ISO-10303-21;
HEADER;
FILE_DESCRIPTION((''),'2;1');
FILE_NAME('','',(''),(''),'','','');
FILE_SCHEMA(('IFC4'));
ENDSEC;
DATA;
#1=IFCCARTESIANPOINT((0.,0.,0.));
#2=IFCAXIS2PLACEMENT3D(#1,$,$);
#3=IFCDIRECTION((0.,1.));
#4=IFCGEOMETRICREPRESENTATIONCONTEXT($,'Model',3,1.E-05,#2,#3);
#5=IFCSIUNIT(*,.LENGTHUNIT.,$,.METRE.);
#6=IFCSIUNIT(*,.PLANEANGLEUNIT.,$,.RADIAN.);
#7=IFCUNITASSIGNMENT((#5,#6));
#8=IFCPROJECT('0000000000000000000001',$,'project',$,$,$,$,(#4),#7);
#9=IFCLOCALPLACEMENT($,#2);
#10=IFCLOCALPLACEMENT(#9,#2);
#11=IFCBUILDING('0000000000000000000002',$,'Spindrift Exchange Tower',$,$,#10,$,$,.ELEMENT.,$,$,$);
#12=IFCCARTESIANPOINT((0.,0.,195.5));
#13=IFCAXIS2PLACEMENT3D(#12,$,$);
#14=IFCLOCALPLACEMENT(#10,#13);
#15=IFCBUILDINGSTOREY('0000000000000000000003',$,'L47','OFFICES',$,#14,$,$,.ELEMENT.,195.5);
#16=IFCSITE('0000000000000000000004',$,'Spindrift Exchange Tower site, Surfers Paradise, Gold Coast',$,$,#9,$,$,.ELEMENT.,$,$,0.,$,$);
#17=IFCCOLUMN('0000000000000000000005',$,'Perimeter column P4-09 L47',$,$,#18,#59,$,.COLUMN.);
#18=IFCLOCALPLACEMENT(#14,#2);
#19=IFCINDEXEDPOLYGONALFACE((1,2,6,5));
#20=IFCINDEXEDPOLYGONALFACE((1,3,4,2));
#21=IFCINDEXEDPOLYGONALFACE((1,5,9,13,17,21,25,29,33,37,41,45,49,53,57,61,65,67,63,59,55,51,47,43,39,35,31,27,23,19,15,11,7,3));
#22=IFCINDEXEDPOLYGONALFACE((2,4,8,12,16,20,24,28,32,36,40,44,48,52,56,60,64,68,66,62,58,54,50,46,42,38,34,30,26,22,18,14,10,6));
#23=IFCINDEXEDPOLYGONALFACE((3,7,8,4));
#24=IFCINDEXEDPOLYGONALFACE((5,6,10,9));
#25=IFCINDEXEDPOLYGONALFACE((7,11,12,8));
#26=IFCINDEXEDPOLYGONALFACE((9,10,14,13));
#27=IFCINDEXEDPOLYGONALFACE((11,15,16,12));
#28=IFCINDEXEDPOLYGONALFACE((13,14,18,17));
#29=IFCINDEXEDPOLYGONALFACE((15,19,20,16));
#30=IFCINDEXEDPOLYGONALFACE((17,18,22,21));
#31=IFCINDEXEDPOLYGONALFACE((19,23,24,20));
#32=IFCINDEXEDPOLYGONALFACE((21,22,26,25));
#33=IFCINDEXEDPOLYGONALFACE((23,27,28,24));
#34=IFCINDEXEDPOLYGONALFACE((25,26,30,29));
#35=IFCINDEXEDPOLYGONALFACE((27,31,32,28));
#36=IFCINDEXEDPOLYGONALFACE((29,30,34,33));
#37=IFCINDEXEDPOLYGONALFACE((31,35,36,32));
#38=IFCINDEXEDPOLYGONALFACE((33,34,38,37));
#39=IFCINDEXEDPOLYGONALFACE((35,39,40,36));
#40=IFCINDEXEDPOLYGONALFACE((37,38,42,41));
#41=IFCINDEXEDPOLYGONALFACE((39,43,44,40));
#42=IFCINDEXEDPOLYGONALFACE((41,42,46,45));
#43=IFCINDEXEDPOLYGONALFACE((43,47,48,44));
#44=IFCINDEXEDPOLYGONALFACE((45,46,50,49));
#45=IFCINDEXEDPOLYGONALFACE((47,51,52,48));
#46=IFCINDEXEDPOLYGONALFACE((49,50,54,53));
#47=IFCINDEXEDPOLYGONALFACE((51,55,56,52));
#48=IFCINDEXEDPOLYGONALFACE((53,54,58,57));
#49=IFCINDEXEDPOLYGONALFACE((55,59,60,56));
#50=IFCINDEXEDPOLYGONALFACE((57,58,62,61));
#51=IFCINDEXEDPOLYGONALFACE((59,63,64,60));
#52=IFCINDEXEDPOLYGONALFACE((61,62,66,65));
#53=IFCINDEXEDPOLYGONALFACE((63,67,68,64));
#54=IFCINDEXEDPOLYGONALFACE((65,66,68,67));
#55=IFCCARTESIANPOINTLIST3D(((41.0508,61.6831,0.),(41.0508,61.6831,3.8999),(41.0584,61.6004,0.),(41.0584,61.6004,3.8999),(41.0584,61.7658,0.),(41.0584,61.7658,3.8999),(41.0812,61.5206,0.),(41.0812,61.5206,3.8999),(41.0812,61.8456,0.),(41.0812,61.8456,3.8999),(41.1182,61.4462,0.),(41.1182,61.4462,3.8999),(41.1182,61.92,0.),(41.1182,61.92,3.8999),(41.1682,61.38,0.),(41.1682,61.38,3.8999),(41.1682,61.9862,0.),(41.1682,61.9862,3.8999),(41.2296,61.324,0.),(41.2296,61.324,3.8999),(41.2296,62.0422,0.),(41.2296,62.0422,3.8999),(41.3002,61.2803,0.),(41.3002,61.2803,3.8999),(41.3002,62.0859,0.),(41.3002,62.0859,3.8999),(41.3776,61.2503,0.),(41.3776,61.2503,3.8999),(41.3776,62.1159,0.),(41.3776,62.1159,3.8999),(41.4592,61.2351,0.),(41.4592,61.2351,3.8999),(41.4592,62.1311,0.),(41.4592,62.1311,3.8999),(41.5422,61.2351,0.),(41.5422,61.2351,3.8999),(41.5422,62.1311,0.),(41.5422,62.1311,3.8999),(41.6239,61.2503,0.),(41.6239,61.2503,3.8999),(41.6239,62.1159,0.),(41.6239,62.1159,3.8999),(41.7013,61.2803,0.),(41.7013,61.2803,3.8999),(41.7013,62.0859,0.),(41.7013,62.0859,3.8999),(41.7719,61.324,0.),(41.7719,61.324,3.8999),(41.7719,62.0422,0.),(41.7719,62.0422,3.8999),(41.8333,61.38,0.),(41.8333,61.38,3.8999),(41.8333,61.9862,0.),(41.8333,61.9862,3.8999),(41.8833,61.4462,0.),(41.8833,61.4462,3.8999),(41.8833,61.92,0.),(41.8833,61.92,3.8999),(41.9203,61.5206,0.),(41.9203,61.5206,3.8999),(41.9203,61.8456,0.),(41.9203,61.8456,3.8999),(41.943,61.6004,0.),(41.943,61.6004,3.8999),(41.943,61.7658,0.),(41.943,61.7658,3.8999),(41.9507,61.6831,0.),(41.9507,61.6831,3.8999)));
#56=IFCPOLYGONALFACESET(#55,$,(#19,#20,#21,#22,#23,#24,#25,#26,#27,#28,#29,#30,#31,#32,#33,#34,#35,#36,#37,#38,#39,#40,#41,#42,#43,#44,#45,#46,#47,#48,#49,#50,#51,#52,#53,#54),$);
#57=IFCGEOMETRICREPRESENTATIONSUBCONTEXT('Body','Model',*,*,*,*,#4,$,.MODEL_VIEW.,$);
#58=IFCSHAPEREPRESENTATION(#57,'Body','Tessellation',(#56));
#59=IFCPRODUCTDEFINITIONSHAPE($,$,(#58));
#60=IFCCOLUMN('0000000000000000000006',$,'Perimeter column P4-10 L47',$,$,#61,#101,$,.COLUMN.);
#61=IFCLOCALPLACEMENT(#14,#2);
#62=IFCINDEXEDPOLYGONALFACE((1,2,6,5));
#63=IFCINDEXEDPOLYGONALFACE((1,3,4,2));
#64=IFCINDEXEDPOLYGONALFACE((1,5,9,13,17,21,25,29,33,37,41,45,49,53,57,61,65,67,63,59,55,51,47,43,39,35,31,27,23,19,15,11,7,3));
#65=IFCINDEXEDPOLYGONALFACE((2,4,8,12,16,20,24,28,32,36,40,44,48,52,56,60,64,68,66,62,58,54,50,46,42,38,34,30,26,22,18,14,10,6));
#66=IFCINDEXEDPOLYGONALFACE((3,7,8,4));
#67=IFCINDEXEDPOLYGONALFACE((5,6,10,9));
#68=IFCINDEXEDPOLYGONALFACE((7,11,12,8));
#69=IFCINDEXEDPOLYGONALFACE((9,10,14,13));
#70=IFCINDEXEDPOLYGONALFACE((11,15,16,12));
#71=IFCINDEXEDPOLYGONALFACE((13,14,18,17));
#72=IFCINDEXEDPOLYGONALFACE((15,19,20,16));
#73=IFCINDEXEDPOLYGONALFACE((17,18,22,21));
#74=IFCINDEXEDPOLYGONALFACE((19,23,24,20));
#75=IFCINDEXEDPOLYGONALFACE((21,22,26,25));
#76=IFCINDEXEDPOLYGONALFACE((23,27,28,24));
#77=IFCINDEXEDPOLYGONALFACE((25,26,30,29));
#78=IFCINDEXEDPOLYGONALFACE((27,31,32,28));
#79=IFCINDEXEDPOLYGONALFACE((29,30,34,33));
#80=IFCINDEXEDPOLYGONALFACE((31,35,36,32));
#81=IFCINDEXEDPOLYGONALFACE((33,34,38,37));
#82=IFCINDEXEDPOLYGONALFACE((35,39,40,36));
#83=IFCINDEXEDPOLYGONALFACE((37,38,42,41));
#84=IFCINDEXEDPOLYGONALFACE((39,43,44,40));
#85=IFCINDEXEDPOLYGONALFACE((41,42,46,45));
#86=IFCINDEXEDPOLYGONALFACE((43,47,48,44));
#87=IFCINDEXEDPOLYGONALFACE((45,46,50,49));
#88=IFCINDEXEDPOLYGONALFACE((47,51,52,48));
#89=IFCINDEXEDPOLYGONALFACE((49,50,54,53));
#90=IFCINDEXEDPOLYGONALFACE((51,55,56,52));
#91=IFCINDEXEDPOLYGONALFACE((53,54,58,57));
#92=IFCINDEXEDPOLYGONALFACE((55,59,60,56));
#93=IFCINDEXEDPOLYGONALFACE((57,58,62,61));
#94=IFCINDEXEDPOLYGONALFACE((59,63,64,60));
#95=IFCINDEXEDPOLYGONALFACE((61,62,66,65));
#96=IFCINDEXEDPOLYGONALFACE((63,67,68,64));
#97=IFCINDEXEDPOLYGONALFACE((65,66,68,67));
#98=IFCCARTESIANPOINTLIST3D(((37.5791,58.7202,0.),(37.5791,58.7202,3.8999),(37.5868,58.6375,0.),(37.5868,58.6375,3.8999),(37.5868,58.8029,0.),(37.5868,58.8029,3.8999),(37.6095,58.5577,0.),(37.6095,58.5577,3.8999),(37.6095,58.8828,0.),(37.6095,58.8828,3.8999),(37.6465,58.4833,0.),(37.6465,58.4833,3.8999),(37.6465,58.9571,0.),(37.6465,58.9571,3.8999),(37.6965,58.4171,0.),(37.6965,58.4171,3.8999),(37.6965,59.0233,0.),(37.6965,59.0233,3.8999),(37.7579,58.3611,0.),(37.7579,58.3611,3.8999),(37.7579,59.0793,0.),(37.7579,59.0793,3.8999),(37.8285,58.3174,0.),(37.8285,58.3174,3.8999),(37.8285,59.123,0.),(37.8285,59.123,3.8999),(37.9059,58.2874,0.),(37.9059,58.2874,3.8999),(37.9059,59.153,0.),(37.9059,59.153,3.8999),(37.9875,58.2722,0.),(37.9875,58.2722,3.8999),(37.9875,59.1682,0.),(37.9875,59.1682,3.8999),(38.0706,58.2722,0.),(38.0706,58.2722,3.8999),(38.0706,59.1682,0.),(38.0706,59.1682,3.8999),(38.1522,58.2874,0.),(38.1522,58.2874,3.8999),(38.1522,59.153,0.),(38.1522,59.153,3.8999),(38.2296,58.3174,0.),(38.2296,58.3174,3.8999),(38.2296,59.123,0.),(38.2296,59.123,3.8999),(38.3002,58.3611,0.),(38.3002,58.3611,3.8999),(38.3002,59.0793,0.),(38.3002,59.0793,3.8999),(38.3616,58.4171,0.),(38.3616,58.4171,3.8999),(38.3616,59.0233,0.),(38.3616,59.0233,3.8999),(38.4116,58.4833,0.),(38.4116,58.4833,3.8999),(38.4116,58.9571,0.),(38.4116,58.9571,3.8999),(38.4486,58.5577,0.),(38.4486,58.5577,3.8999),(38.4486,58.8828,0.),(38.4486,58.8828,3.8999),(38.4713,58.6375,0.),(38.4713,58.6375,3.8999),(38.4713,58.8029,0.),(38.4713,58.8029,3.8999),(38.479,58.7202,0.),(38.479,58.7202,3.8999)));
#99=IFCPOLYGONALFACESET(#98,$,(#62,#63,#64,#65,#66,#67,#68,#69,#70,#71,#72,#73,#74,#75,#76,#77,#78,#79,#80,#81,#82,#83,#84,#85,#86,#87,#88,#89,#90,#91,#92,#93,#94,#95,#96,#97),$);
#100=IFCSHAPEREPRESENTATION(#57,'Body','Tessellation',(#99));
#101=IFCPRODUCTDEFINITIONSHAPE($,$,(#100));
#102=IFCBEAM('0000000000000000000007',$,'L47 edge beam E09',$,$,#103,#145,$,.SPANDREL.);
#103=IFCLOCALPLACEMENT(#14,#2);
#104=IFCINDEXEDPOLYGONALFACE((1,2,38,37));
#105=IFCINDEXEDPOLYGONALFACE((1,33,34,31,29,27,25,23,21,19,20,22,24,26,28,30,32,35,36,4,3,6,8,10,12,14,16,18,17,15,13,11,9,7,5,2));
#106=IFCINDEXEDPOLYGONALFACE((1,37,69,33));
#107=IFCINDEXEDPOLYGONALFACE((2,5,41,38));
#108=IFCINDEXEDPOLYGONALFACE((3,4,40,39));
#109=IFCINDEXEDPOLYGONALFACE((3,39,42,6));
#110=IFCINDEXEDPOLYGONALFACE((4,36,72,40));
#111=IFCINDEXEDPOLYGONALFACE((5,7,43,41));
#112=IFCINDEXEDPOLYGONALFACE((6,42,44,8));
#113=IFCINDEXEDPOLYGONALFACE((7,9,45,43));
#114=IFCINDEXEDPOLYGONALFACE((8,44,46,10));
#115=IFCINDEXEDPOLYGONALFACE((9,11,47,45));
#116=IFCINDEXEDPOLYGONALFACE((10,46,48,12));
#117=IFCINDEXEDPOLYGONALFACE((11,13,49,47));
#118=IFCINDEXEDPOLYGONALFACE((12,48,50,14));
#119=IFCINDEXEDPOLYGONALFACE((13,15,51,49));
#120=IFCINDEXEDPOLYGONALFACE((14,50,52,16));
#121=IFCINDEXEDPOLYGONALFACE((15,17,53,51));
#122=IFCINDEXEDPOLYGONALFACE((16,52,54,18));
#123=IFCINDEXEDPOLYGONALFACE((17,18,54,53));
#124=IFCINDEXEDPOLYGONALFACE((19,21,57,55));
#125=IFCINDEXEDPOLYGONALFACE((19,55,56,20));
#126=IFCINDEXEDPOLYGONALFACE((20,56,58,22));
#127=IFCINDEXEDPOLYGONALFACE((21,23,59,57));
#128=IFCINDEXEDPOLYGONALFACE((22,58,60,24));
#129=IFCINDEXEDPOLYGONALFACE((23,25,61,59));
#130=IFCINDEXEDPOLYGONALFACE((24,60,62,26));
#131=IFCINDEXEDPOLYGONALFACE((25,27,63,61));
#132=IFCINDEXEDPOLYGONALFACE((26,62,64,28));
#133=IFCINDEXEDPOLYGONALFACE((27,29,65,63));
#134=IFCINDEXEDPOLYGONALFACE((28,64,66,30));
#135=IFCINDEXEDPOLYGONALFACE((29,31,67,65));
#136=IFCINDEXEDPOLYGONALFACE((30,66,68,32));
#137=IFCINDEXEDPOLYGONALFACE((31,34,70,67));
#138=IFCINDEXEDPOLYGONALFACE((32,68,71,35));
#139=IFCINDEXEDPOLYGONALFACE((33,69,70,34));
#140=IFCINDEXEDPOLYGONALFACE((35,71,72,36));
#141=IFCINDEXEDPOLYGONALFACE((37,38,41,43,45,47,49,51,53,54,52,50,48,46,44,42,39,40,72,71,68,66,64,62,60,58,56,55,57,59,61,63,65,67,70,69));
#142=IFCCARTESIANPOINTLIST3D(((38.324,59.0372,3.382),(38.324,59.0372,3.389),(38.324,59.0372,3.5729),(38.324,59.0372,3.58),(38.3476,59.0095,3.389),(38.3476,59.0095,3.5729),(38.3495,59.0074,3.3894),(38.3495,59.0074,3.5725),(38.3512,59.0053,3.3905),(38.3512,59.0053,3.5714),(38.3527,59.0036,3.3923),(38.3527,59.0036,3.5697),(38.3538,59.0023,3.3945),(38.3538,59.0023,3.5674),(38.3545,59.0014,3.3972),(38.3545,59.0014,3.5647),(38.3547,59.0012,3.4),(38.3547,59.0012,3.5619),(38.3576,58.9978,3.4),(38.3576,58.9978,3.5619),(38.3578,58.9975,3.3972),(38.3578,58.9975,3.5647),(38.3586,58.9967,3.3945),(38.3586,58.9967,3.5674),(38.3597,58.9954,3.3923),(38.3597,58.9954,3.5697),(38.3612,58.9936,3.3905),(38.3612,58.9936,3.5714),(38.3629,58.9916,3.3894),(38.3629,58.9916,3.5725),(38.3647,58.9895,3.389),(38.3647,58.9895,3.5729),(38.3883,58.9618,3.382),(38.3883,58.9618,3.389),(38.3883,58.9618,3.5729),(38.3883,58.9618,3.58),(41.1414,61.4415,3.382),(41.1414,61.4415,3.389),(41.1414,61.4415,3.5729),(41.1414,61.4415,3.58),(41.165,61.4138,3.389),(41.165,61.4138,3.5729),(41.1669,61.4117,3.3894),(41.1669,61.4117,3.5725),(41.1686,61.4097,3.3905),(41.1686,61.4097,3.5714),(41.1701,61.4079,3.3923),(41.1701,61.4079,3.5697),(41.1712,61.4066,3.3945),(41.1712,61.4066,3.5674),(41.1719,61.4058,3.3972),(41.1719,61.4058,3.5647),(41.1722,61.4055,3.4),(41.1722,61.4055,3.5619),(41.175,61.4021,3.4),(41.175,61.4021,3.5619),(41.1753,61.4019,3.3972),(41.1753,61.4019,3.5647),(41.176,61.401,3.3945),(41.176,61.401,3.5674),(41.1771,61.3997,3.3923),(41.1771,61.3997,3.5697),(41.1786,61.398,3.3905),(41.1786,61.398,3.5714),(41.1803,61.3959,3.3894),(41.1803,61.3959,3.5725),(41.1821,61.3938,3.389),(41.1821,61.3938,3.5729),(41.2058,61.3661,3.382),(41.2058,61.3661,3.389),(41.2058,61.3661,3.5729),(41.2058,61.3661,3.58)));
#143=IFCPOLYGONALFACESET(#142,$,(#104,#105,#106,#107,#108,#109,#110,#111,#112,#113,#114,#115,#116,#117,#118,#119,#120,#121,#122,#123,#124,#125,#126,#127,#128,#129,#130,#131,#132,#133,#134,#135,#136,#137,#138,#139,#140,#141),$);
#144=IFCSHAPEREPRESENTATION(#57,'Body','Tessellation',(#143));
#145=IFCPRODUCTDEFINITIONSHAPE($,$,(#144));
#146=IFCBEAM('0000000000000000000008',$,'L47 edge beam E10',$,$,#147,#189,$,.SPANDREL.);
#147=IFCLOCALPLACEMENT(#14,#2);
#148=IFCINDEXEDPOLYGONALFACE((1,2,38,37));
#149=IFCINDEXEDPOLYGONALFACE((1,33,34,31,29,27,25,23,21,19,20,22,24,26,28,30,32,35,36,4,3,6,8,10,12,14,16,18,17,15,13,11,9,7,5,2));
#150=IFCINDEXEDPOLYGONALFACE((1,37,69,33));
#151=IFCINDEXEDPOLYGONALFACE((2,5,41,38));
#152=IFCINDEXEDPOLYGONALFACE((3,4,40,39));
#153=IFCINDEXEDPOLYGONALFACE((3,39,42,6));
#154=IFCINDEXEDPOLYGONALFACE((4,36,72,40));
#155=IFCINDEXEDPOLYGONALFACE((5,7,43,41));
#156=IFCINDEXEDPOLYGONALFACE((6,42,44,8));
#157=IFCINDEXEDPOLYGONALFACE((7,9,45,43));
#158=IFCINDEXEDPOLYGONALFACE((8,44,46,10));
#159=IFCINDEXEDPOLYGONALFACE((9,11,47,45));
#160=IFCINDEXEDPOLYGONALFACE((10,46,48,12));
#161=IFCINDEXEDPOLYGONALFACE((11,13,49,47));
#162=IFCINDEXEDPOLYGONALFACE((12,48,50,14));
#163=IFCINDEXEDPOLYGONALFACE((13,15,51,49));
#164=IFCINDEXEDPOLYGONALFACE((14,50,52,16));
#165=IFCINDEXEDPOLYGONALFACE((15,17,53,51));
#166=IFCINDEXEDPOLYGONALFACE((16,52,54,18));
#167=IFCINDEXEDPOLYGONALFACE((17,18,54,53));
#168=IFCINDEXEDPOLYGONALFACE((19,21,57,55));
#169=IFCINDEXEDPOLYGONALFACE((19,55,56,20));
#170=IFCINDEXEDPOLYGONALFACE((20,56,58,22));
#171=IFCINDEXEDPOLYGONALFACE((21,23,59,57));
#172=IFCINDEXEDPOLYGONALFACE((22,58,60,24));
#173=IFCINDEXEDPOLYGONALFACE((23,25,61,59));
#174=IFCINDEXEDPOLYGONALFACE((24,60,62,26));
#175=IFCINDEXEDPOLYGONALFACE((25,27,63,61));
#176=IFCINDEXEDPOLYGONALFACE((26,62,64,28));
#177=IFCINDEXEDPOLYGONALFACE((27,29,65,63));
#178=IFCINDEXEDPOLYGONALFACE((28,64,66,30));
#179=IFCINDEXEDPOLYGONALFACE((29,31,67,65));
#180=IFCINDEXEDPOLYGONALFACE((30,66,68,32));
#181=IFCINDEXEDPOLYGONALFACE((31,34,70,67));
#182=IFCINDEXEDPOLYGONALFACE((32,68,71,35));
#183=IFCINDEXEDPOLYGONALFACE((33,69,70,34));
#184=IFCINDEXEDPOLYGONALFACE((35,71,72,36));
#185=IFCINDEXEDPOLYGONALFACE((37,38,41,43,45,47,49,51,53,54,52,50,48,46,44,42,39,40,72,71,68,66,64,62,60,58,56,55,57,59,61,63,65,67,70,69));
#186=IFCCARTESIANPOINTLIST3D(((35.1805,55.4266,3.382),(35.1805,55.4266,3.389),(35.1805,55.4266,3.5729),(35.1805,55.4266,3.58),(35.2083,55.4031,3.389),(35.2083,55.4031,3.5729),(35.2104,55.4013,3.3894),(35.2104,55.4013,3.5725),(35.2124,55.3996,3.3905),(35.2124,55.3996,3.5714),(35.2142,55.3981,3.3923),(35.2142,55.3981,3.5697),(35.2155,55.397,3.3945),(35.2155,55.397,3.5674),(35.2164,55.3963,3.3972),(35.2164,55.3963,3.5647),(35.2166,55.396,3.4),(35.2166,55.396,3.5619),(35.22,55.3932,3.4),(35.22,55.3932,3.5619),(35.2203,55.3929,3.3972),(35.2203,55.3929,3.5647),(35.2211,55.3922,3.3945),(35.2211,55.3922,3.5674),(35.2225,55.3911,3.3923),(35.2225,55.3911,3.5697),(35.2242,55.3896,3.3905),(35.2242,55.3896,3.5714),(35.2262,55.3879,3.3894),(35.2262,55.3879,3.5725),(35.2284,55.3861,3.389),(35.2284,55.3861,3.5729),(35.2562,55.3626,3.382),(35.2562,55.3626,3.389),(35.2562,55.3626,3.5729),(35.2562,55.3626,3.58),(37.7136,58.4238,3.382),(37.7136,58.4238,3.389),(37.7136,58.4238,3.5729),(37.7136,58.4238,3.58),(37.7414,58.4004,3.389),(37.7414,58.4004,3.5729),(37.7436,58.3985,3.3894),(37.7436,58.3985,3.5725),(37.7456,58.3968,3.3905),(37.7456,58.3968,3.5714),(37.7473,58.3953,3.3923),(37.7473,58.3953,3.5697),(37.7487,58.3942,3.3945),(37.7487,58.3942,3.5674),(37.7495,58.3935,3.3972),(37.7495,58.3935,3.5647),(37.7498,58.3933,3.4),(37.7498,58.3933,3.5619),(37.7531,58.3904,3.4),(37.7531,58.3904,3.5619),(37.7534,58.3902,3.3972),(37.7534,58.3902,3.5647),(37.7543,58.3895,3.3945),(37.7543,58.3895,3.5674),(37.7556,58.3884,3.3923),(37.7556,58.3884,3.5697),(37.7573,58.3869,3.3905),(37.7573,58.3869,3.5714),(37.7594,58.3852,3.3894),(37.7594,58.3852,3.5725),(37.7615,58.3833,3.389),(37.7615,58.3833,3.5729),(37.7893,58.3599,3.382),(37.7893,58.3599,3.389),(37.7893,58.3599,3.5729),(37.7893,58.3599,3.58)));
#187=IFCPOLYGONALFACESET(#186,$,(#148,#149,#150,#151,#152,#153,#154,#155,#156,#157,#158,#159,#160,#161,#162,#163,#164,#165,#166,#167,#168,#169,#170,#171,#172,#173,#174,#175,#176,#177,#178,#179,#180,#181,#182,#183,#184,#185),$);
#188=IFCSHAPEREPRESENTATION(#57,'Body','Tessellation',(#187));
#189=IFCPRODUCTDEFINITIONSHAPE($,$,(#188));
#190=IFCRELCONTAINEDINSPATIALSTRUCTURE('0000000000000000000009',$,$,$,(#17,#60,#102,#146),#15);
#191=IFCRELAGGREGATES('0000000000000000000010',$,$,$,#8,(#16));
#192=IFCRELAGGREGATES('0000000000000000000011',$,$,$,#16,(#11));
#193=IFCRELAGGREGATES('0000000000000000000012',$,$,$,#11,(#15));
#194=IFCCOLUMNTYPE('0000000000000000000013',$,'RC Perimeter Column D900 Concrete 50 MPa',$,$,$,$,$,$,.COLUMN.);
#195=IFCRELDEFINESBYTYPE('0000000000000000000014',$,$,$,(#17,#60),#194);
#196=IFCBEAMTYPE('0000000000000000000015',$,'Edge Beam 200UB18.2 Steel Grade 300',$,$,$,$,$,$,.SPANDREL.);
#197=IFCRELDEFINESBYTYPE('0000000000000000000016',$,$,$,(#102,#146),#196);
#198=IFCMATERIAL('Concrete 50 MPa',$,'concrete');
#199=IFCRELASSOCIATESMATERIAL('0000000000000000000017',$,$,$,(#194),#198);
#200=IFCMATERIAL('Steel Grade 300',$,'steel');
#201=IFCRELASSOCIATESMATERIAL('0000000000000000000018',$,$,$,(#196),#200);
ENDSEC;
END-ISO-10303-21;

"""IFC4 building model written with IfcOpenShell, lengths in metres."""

from ifc_helpers import new_model, si_unit, direction, frame, origin, origin_2d, place, context, subcontext, project, spatial, circle, i_section, extrude, source, transform, mapped, material, material_profile, profile_set, type_object, element, save


model = new_model("IFC4")

# Units and contexts
model_context = context("Model", 3, precision=1e-05, world=origin(), true_north=direction((0.0, 1.0)))
body_context = subcontext(model_context, "Body", "Model", "MODEL_VIEW")
ifc_project = project(units=[si_unit("LENGTHUNIT", "METRE"), si_unit("PLANEANGLEUNIT", "RADIAN")], contexts=[model_context])

# Site, building, storey
site_placement = place(None, origin())
site = spatial("IfcSite", under=ifc_project, at=site_placement, Name="Spindrift Exchange Tower site, Surfers Paradise, Gold Coast", CompositionType="ELEMENT", RefElevation=0.0)
building_placement = place(site_placement, origin())
building = spatial("IfcBuilding", under=site, at=building_placement, Name="Spindrift Exchange Tower", CompositionType="ELEMENT")
storey_placement = place(building_placement, frame((0.0, 0.0, 195.5)))
storey = spatial("IfcBuildingStorey", under=building, at=storey_placement, Name="L47", Description="OFFICES", CompositionType="ELEMENT", Elevation=195.5)

# Columns
ifc_material_1 = material(Name="Concrete 50 MPa", Category="concrete")
ifc_material_profile_1 = material_profile(ifc_material_1, circle(Radius=0.45, at=origin_2d()), Name="RC D900")
ifc_profile_set_1 = profile_set([ifc_material_profile_1], Name="Concrete 50 MPa")
column_type = type_object("IfcColumnType", Name="RC Perimeter Column D900 Concrete 50 MPa", PredefinedType="COLUMN", material=ifc_profile_set_1)
shared_shape_1 = source(origin(), body_context, "Body", "SweptSolid", [
    extrude(circle(Radius=0.45, at=origin_2d()), origin(), (0.0, 0.0, 1.0), 3.8999),
])
for number, where, z_axis, x_axis, name in (
    (1, (41.5007, 61.6831, 0.0), (0.0, 0.0, 1.0), (1.0, 0.0, 0.0), "Perimeter column P4-09 L47"),
    (2, (38.0291, 58.7202, 0.0), (0.0, 0.0, 1.0), (1.0, 0.0, 0.0), "Perimeter column P4-10 L47"),
):
    element("IfcColumn", number, at=place(storey_placement, frame(where, z_axis=z_axis, x_axis=x_axis)), inside=storey, type_object=column_type, Name=name, PredefinedType="COLUMN", context=body_context, shape_type="MappedRepresentation", body=[
        mapped(shared_shape_1, transform((0.0, 0.0, 0.0), scale=1.0)),
    ])

# Beams
ifc_material_2 = material(Name="Steel Grade 300", Category="steel")
ifc_material_profile_2 = material_profile(ifc_material_2, i_section(OverallWidth=0.0991, OverallDepth=0.198, WebThickness=0.0044, FlangeThickness=0.0071, FilletRadius=0.011, at=origin_2d()), Name="200UB18.2")
ifc_profile_set_2 = profile_set([ifc_material_profile_2], Name="Steel Grade 300")
beam_type_1 = type_object("IfcBeamType", Name="Edge Beam 200UB18.2 Steel Grade 300", PredefinedType="SPANDREL", material=ifc_profile_set_2)
shared_shape_2 = source(origin(), body_context, "Body", "SweptSolid", [
    extrude(i_section(OverallWidth=0.0991, OverallDepth=0.198, WebThickness=0.0044, FlangeThickness=0.0071, FilletRadius=0.011, at=origin_2d()), origin(), (0.0, 0.0, 1.0), 3.7039),
])
beam_1_placement = place(storey_placement, frame((41.1736, 61.4038, 3.481), z_axis=(-0.760669, -0.64914, 0.0), x_axis=(0.64914, -0.760669, 0.0)))
element("IfcBeam", 3, at=beam_1_placement, inside=storey, type_object=beam_type_1, Name="L47 edge beam E09", PredefinedType="SPANDREL", context=body_context, shape_type="MappedRepresentation", body=[
    mapped(shared_shape_2, transform((0.0, 0.0, 0.0), scale=1.0)),
])
shared_shape_3 = source(origin(), body_context, "Body", "SweptSolid", [
    extrude(i_section(OverallWidth=0.0991, OverallDepth=0.198, WebThickness=0.0044, FlangeThickness=0.0071, FilletRadius=0.011, at=origin_2d()), origin(), (0.0, 0.0, 1.0), 3.9243),
])
beam_2_placement = place(storey_placement, frame((37.7515, 58.3918, 3.481), z_axis=(-0.645499, -0.763761, 0.0), x_axis=(0.763761, -0.645499, 0.0)))
element("IfcBeam", 4, at=beam_2_placement, inside=storey, type_object=beam_type_1, Name="L47 edge beam E10", PredefinedType="SPANDREL", context=body_context, shape_type="MappedRepresentation", body=[
    mapped(shared_shape_3, transform((0.0, 0.0, 0.0), scale=1.0)),
])

save(model, "model.ifc")
